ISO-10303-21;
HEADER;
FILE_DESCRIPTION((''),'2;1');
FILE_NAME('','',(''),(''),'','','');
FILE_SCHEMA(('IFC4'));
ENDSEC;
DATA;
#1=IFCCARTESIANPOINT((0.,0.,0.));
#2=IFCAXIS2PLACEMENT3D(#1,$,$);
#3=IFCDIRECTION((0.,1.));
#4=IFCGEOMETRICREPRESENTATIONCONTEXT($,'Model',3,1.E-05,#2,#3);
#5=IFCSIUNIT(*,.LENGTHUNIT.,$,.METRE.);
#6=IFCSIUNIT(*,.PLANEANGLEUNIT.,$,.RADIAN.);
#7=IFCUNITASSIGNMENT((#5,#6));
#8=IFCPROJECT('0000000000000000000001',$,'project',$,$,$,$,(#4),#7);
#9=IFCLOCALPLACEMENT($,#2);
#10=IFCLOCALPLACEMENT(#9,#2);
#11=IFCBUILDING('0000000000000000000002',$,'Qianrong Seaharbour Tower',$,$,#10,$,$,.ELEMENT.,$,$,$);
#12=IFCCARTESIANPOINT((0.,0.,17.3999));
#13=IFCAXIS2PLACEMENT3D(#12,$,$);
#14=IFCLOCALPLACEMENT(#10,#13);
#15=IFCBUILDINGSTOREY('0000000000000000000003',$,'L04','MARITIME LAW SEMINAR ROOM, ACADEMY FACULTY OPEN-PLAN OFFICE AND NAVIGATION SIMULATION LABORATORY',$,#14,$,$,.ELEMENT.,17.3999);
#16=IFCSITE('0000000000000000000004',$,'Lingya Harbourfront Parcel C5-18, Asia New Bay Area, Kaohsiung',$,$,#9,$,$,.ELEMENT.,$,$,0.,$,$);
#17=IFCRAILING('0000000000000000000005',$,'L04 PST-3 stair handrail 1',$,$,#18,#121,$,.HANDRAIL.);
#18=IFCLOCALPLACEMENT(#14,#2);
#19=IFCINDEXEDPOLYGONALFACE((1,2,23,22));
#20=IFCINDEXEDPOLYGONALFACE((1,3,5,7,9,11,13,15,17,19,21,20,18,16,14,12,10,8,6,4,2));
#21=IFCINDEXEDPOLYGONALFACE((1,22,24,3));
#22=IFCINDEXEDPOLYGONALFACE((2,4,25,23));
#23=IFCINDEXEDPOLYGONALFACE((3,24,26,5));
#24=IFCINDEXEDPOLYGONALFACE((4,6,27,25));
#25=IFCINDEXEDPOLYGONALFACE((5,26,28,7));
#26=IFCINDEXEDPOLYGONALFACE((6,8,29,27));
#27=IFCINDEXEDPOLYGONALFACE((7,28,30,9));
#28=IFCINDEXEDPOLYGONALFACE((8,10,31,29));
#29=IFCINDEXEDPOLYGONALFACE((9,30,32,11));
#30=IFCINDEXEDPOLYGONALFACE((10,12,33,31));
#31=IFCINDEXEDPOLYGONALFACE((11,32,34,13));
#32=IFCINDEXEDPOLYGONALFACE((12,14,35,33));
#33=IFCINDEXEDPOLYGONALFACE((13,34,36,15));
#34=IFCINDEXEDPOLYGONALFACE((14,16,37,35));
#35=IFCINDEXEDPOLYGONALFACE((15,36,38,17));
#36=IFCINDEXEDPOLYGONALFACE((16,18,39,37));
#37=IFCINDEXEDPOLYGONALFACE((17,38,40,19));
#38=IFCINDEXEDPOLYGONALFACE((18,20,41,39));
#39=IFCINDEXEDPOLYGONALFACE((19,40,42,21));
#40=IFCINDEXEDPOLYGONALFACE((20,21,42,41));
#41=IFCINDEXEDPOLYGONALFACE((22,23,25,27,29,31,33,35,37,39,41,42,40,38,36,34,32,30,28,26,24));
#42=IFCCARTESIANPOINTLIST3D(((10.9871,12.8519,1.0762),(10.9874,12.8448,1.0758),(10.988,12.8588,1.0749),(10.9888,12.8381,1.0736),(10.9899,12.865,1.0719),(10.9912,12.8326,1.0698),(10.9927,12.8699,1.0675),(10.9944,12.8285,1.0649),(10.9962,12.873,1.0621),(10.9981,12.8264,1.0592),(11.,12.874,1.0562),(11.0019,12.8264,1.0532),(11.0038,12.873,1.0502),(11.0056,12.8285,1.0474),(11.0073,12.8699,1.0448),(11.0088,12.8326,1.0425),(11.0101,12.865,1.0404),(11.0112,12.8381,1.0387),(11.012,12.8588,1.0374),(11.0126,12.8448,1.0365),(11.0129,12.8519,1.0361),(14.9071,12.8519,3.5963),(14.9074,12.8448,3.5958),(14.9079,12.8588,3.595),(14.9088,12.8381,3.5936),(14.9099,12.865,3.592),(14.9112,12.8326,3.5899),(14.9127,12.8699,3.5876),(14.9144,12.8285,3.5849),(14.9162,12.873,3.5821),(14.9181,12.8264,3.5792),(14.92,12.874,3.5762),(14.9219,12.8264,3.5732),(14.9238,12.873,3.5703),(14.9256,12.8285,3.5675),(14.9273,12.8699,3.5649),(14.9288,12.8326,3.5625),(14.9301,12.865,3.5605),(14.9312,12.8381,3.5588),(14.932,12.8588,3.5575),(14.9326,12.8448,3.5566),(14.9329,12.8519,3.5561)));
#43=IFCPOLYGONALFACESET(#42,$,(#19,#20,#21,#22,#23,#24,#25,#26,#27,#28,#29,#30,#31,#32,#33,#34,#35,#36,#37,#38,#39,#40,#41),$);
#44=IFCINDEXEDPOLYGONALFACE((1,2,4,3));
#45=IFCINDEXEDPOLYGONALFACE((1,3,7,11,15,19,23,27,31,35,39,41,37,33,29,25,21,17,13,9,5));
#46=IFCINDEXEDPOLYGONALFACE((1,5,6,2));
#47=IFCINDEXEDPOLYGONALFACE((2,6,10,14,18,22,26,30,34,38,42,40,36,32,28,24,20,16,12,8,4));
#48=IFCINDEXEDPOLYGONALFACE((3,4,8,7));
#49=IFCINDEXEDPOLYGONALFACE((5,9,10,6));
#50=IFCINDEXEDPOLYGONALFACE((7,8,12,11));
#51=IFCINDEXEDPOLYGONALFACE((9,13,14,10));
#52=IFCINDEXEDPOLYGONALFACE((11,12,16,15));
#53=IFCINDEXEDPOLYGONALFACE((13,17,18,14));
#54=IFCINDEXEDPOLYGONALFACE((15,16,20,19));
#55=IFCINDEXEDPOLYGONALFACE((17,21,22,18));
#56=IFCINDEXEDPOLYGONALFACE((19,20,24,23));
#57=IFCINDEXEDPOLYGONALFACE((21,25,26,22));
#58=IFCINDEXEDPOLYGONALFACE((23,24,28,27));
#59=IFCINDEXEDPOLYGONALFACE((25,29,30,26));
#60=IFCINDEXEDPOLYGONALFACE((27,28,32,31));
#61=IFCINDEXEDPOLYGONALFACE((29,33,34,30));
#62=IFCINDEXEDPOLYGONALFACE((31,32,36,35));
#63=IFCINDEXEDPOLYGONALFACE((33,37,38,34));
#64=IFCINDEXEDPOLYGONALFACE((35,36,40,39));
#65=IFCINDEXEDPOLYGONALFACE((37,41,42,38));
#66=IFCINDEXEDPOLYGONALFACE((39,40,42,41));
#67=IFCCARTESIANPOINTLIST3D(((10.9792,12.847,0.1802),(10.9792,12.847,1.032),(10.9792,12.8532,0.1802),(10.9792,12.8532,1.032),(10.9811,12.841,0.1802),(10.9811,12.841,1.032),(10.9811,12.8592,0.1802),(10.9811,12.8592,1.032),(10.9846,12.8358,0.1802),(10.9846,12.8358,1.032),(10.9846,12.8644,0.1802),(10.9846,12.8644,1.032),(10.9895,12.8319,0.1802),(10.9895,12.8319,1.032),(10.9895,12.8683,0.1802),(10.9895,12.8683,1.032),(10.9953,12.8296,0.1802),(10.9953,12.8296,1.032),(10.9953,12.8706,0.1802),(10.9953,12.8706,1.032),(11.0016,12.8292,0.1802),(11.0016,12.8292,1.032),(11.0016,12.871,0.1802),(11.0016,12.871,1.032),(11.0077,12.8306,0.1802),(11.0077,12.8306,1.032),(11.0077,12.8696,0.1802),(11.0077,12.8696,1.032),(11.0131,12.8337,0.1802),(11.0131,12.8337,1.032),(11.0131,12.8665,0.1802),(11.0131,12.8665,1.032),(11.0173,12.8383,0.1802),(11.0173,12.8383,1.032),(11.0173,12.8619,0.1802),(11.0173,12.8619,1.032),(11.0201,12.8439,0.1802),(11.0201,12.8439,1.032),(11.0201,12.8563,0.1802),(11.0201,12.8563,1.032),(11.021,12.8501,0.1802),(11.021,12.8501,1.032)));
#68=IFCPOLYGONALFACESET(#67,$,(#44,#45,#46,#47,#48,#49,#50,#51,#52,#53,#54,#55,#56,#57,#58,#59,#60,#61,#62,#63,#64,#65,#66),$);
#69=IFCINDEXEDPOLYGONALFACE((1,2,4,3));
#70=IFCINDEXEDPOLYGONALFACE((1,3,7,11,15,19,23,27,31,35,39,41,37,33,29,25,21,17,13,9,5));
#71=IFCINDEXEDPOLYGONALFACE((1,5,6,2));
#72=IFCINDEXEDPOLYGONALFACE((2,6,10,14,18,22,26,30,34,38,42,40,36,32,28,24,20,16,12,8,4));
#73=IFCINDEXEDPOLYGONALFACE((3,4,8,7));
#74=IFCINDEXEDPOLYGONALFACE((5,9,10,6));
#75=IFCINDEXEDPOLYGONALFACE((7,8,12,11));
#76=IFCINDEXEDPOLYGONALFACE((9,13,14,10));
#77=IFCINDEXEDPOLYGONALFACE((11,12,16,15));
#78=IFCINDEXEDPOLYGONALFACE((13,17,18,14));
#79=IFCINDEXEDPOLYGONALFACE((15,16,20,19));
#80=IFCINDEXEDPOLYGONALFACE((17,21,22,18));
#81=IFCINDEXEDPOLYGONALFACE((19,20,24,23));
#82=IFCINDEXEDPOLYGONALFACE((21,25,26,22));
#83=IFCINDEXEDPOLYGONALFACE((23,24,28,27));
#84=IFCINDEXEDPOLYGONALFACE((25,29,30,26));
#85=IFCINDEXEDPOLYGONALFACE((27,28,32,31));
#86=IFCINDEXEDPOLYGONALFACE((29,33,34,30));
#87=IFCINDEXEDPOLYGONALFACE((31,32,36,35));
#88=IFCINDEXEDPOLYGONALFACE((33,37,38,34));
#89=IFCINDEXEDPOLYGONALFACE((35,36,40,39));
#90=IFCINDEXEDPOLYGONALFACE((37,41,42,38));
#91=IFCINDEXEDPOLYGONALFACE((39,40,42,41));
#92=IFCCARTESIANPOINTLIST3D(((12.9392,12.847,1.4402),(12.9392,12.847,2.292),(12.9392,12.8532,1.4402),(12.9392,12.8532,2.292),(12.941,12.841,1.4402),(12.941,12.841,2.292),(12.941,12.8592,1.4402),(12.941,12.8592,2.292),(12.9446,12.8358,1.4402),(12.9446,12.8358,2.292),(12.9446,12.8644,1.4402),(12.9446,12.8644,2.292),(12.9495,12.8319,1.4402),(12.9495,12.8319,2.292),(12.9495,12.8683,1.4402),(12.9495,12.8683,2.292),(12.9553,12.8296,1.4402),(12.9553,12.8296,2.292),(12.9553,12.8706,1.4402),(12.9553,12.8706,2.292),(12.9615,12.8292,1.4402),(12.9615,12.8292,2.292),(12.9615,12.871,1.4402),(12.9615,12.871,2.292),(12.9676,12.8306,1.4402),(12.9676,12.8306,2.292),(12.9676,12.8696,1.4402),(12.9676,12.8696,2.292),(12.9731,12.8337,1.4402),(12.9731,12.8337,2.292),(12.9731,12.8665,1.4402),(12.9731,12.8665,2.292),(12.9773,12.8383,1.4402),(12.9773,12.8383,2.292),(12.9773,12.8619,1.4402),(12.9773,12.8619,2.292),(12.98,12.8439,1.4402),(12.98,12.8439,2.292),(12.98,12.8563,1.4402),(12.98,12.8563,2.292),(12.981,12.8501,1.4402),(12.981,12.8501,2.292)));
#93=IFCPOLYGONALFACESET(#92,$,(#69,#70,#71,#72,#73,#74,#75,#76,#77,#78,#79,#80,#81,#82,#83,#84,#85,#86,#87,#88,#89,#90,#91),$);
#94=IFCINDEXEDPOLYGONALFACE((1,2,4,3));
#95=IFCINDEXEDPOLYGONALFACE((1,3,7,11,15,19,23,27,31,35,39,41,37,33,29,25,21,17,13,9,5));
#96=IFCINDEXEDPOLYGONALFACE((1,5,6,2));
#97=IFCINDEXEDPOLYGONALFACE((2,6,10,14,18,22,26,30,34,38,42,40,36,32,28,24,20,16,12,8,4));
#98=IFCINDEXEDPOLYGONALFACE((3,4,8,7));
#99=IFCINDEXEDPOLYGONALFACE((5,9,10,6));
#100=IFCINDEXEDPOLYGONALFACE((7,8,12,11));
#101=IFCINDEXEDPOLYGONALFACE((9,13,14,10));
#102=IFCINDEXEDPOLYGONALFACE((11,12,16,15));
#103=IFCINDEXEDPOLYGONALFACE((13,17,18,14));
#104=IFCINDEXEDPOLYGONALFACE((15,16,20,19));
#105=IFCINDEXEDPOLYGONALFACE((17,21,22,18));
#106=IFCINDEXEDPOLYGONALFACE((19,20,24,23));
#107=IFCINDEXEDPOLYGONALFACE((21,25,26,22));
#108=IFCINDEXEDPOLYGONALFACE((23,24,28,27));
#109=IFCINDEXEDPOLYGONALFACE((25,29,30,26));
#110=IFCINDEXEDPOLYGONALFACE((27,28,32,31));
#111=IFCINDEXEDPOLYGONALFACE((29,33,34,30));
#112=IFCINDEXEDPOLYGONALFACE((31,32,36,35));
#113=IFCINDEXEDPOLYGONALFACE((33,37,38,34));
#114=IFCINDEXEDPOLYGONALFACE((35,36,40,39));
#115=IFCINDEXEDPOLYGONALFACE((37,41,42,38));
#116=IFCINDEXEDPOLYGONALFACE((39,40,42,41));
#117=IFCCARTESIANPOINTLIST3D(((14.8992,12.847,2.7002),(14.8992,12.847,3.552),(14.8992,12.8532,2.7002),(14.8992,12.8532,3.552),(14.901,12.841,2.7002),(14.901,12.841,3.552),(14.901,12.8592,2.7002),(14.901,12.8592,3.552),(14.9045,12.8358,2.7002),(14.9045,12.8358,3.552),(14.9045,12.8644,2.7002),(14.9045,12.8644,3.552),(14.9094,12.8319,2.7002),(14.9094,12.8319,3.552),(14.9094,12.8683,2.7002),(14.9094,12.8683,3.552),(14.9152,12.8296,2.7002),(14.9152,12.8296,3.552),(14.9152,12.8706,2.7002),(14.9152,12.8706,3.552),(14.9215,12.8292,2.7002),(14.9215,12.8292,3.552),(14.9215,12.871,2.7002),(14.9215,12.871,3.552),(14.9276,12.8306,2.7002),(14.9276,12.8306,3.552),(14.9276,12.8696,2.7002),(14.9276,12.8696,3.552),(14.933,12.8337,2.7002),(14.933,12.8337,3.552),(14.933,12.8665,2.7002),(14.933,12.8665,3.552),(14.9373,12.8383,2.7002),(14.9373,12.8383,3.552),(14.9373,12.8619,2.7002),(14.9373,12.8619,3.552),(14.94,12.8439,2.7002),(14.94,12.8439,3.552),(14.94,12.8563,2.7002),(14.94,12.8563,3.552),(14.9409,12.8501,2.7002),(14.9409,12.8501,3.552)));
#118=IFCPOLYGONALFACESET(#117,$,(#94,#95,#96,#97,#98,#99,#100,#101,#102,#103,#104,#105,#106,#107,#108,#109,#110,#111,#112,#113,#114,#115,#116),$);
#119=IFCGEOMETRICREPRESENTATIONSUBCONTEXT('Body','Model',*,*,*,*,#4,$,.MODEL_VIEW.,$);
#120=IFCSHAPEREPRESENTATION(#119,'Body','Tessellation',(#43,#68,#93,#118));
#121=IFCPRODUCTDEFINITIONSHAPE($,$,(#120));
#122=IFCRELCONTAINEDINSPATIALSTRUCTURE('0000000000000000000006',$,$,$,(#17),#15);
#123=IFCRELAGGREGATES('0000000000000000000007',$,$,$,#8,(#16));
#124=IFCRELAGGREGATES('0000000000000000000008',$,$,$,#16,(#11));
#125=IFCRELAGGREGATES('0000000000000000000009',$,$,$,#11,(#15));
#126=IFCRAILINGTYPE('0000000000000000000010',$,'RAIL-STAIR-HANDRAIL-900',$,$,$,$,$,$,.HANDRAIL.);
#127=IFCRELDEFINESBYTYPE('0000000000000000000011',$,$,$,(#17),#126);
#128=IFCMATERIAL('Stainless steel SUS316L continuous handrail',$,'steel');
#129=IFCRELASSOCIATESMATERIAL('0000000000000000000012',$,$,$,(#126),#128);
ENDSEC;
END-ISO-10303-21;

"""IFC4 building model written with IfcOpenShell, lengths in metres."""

from ifc_helpers import new_model, si_unit, direction, frame, origin, origin_2d, place, context, subcontext, project, spatial, circle, extrude, material, type_object, element, save


model = new_model("IFC4")

# Units and contexts
model_context = context("Model", 3, precision=1e-05, world=origin(), true_north=direction((0.0, 1.0)))
body_context = subcontext(model_context, "Body", "Model", "MODEL_VIEW")
ifc_project = project(units=[si_unit("LENGTHUNIT", "METRE"), si_unit("PLANEANGLEUNIT", "RADIAN")], contexts=[model_context])

# Site, building, storey
site_placement = place(None, origin())
site = spatial("IfcSite", under=ifc_project, at=site_placement, Name="Lingya Harbourfront Parcel C5-18, Asia New Bay Area, Kaohsiung", CompositionType="ELEMENT", RefElevation=0.0)
building_placement = place(site_placement, origin())
building = spatial("IfcBuilding", under=site, at=building_placement, Name="Qianrong Seaharbour Tower", CompositionType="ELEMENT")
storey_placement = place(building_placement, frame((0.0, 0.0, 17.3999)))
storey = spatial("IfcBuildingStorey", under=building, at=storey_placement, Name="L04", Description="MARITIME LAW SEMINAR ROOM, ACADEMY FACULTY OPEN-PLAN OFFICE AND NAVIGATION SIMULATION LABORATORY", CompositionType="ELEMENT", Elevation=17.3999)

# Railing
ifc_material_1 = material(Name="Stainless steel SUS316L continuous handrail", Category="steel")
railing_type_1 = type_object("IfcRailingType", Name="RAIL-STAIR-HANDRAIL-900", PredefinedType="HANDRAIL", material=ifc_material_1)
railing_1_placement = place(storey_placement, frame((11.0, 12.8501, 0.1802)))
element("IfcRailing", 1, at=railing_1_placement, inside=storey, type_object=railing_type_1, Name="L04 PST-3 stair handrail 1", PredefinedType="HANDRAIL", context=body_context, shape_type="SweptSolid", body=[
    extrude(circle(Radius=0.0239, at=origin_2d()), frame((0.0, 0.0, 0.876), z_axis=(0.841172, 0.0, 0.540768), x_axis=(0.0, 1.0, 0.0)), (0.0, 0.0, 1.0), 4.6602),
    extrude(circle(Radius=0.021, at=origin_2d()), origin(), (0.0, 0.0, 1.0), 0.8518),
    extrude(circle(Radius=0.021, at=origin_2d()), frame((1.96, 0.0, 1.26)), (0.0, 0.0, 1.0), 0.8518),
    extrude(circle(Radius=0.021, at=origin_2d()), frame((3.9199, 0.0, 2.52)), (0.0, 0.0, 1.0), 0.8518),
])

save(model, "model.ifc")
